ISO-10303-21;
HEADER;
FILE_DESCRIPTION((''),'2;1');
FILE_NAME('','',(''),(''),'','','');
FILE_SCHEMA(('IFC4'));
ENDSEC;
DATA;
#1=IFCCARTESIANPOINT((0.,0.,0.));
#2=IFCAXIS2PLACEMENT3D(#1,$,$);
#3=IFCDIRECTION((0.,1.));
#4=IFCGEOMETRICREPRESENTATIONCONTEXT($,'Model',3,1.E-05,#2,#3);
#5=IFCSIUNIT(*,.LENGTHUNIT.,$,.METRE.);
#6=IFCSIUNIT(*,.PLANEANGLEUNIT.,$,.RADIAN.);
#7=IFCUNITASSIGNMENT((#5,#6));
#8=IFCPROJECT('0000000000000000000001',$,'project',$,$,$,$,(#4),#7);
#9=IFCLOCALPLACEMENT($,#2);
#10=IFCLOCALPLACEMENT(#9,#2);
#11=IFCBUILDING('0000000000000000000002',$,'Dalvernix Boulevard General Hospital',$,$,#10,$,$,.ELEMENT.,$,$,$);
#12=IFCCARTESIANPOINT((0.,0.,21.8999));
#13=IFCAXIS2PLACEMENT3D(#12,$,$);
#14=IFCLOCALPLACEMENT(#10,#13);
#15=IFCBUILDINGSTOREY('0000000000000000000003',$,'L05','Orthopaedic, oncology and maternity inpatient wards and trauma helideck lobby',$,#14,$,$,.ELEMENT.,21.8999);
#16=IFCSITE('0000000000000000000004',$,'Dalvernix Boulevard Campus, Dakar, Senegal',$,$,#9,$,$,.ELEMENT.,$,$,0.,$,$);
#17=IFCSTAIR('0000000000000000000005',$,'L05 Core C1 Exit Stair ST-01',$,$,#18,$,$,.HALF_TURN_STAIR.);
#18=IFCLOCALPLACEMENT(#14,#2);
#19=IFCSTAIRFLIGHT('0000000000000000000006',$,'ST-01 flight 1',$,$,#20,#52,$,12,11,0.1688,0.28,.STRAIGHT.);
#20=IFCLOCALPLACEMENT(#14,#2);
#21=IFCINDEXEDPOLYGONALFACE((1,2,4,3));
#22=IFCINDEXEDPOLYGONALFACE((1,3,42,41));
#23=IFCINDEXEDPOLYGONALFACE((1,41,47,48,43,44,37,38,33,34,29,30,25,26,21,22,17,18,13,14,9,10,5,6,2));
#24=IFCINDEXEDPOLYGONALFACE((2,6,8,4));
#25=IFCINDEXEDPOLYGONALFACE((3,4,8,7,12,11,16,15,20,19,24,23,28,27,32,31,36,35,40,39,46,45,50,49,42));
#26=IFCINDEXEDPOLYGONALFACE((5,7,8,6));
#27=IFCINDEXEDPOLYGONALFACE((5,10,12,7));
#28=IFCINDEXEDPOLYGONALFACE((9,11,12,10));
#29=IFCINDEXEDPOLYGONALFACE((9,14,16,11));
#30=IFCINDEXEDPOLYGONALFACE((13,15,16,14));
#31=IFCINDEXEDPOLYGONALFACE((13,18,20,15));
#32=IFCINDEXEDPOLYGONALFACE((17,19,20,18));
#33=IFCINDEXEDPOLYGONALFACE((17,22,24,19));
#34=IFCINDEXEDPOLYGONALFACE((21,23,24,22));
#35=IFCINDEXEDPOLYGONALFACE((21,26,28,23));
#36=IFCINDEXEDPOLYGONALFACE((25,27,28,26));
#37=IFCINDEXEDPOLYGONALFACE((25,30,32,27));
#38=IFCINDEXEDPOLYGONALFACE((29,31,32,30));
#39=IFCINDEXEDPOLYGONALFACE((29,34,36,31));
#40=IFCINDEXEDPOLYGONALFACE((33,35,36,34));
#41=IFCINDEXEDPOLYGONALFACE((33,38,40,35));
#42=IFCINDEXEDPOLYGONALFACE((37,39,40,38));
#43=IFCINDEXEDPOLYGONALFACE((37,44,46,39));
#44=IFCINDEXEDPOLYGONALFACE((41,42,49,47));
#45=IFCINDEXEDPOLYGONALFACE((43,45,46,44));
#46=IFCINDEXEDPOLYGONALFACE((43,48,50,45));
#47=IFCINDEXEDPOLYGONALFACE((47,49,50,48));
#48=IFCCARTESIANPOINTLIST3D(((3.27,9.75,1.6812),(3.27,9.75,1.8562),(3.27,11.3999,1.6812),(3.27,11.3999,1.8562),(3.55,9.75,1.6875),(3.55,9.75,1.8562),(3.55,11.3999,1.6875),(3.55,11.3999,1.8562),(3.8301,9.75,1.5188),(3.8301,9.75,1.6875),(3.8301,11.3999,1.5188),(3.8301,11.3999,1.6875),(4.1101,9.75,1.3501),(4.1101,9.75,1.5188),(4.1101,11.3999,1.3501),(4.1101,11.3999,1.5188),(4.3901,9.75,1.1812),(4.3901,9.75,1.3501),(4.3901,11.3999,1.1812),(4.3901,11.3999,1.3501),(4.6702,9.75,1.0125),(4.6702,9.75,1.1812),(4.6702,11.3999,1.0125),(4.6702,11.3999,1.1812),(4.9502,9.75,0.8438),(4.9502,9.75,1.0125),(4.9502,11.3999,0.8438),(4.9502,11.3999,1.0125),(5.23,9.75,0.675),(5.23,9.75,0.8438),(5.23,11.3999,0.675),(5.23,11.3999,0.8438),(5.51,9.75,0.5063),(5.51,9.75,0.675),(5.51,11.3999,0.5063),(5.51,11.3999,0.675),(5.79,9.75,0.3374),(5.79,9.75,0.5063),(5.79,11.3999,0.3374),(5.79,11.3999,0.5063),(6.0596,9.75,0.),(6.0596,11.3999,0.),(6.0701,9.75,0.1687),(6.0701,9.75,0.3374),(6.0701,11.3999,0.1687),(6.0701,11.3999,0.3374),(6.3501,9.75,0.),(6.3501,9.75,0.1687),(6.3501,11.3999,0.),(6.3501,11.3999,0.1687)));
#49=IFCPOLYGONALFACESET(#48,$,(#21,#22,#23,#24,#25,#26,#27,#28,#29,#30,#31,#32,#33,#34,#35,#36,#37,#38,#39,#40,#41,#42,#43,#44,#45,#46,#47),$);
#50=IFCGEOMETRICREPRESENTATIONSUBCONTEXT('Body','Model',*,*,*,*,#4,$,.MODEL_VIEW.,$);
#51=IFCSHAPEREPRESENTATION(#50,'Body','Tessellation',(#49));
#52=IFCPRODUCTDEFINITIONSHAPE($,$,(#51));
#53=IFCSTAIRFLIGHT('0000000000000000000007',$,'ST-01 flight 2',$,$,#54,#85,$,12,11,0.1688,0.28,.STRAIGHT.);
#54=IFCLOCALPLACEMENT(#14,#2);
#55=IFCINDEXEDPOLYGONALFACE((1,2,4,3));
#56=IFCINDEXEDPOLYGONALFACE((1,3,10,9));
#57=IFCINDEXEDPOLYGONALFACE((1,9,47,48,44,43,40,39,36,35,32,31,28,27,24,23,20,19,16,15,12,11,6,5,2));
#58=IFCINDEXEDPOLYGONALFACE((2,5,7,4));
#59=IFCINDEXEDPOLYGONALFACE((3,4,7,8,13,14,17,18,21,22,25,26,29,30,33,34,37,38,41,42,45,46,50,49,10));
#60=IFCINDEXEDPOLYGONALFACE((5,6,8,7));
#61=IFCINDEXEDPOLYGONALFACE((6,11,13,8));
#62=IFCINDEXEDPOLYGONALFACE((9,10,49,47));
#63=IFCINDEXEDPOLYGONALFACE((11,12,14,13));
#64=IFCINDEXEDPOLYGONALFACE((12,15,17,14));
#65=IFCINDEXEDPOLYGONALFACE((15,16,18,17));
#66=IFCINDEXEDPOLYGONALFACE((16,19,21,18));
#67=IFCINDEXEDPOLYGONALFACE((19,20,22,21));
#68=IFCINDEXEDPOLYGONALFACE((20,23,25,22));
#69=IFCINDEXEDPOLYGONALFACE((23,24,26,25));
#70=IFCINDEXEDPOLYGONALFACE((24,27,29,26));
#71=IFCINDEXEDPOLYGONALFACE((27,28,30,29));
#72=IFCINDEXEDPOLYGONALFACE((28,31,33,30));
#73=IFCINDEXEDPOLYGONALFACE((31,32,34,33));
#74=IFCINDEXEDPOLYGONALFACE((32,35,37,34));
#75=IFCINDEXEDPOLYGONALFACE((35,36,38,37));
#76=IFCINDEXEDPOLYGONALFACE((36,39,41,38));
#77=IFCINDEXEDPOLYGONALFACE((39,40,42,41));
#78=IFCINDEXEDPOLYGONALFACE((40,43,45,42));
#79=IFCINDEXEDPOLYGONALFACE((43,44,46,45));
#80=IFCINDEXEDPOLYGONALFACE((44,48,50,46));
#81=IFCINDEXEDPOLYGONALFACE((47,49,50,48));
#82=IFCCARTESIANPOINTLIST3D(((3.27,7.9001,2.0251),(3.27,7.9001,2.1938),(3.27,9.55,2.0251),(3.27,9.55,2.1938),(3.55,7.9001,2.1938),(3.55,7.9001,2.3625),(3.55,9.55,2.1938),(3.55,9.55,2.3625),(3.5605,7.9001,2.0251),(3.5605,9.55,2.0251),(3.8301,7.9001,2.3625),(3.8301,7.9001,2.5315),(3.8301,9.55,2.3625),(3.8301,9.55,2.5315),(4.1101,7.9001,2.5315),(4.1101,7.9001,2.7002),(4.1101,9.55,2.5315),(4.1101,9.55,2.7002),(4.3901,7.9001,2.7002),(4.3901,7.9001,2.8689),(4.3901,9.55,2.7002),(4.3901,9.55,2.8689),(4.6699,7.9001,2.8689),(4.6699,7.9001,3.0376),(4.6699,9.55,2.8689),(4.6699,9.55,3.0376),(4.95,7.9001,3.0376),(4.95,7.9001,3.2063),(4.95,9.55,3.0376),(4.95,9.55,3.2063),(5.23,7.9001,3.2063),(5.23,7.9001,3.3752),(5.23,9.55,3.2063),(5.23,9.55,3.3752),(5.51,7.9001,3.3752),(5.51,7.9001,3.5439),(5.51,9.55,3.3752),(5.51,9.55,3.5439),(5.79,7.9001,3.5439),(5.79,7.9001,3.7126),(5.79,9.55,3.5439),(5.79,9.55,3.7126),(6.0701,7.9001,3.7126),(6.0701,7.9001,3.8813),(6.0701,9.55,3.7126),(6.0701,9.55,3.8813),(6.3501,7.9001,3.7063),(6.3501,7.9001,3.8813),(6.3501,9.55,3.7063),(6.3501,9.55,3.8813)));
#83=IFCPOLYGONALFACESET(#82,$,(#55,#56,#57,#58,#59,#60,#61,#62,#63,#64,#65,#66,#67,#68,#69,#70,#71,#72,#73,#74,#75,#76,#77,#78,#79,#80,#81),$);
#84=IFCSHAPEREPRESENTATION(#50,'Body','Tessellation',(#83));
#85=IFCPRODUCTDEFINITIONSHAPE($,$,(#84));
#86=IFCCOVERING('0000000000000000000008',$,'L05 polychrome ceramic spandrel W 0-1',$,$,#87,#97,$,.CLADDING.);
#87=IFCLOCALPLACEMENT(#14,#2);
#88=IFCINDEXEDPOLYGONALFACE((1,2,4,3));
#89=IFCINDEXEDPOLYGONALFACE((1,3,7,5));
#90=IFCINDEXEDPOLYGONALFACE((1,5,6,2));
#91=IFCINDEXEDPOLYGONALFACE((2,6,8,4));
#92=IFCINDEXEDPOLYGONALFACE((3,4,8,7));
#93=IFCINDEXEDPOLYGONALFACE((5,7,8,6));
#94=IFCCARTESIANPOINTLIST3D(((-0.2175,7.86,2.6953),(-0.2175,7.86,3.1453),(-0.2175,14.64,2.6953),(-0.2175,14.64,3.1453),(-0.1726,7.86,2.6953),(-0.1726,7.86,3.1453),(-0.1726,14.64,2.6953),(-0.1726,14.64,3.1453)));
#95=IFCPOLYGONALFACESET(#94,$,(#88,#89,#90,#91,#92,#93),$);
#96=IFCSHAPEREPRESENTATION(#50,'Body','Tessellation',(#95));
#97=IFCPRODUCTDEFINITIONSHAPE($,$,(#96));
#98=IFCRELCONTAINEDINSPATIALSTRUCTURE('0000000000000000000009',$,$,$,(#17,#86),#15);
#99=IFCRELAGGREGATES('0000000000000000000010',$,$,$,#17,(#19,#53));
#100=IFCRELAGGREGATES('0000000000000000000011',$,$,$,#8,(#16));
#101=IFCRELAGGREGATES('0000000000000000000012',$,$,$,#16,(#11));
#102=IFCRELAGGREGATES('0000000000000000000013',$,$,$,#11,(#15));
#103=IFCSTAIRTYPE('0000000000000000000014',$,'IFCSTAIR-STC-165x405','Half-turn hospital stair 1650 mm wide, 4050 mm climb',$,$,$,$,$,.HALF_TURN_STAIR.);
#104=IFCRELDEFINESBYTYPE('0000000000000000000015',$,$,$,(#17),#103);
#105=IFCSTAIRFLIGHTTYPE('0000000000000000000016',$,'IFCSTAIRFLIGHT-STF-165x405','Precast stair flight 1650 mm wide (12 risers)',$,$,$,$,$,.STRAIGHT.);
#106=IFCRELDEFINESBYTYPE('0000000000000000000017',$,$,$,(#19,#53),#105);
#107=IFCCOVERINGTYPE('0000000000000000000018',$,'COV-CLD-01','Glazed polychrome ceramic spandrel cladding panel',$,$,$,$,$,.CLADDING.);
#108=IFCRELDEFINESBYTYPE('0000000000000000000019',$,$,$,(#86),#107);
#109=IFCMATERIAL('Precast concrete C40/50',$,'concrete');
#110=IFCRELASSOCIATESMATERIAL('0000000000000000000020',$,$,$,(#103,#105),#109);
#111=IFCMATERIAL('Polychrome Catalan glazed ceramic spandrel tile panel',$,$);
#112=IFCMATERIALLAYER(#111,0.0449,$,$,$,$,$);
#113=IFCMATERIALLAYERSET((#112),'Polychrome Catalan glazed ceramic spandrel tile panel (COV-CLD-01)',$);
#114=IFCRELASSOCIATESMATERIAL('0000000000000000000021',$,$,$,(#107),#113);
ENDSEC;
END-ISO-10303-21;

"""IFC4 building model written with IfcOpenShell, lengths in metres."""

from ifc_helpers import new_model, si_unit, direction, frame, origin, origin_2d, place, context, subcontext, project, spatial, polyline, rectangle, outline, extrude, material, layer, layer_set, type_object, element, aggregate, save


model = new_model("IFC4")

# Units and contexts
model_context = context("Model", 3, precision=1e-05, world=origin(), true_north=direction((0.0, 1.0)))
body_context = subcontext(model_context, "Body", "Model", "MODEL_VIEW")
ifc_project = project(units=[si_unit("LENGTHUNIT", "METRE"), si_unit("PLANEANGLEUNIT", "RADIAN")], contexts=[model_context])

# Site, building, storey
site_placement = place(None, origin())
site = spatial("IfcSite", under=ifc_project, at=site_placement, Name="Dalvernix Boulevard Campus, Dakar, Senegal", CompositionType="ELEMENT", RefElevation=0.0)
building_placement = place(site_placement, origin())
building = spatial("IfcBuilding", under=site, at=building_placement, Name="Dalvernix Boulevard General Hospital", CompositionType="ELEMENT")
storey_placement = place(building_placement, frame((0.0, 0.0, 21.8999)))
storey = spatial("IfcBuildingStorey", under=building, at=storey_placement, Name="L05", Description="Orthopaedic, oncology and maternity inpatient wards and trauma helideck lobby", CompositionType="ELEMENT", Elevation=21.8999)

# Stair, stair flights
ifc_material_1 = material(Name="Precast concrete C40/50", Category="concrete")
stair_type = type_object("IfcStairType", Name="IFCSTAIR-STC-165x405", Description="Half-turn hospital stair 1650 mm wide, 4050 mm climb", PredefinedType="HALF_TURN_STAIR", material=ifc_material_1)
stair_placement = place(storey_placement, origin())
stair = element("IfcStair", 1, at=stair_placement, inside=storey, type_object=stair_type, Name="L05 Core C1 Exit Stair ST-01", PredefinedType="HALF_TURN_STAIR")
stair_flight_type = type_object("IfcStairFlightType", Name="IFCSTAIRFLIGHT-STF-165x405", Description="Precast stair flight 1650 mm wide (12 risers)", PredefinedType="STRAIGHT", material=ifc_material_1)
stair_flight_1_placement = place(storey_placement, frame((6.3501, 10.575, 0.0), z_axis=(0.0, 0.0, 1.0), x_axis=(-1.0, 0.0, 0.0)))
stair_flight_1 = element("IfcStairFlight", 2, at=stair_flight_1_placement, type_object=stair_flight_type, Name="ST-01 flight 1", NumberOfRisers=12, NumberOfTreads=11, PredefinedType="STRAIGHT", RiserHeight=0.1688, TreadLength=0.28, context=body_context, shape_type="SweptSolid", body=[
    extrude(outline(polyline([(0.0, 0.0), (0.0, 0.1687), (0.28, 0.1687), (0.28, 0.3374), (0.5601, 0.3374), (0.5601, 0.5063), (0.8401, 0.5063), (0.8401, 0.675), (1.1201, 0.675), (1.1201, 0.8438), (1.3999, 0.8438), (1.3999, 1.0125), (1.6799, 1.0125), (1.6799, 1.1812), (1.96, 1.1812), (1.96, 1.3501), (2.24, 1.3501), (2.24, 1.5188), (2.52, 1.5188), (2.52, 1.6875), (2.8, 1.6875), (2.8, 1.8562), (3.0801, 1.8562), (3.0801, 2.0249), (3.0801, 1.6812), (0.2905, 0.0), (0.0, 0.0)])), frame((0.0, 0.825, 0.0), z_axis=(0.0, -1.0, 0.0), x_axis=(1.0, 0.0, 0.0)), (0.0, 0.0, 1.0), 1.6499),
])
stair_flight_2_placement = place(storey_placement, frame((3.27, 8.7251, 2.0251), z_axis=(0.0, 0.0, 1.0), x_axis=(1.0, 0.0, 0.0)))
stair_flight_2 = element("IfcStairFlight", 3, at=stair_flight_2_placement, type_object=stair_flight_type, Name="ST-01 flight 2", NumberOfRisers=12, NumberOfTreads=11, PredefinedType="STRAIGHT", RiserHeight=0.1688, TreadLength=0.28, context=body_context, shape_type="SweptSolid", body=[
    extrude(outline(polyline([(0.0, 0.0), (0.0, 0.1687), (0.28, 0.1687), (0.28, 0.3374), (0.5601, 0.3374), (0.5601, 0.5063), (0.8401, 0.5063), (0.8401, 0.675), (1.1201, 0.675), (1.1201, 0.8438), (1.3999, 0.8438), (1.3999, 1.0125), (1.6799, 1.0125), (1.6799, 1.1812), (1.96, 1.1812), (1.96, 1.3501), (2.24, 1.3501), (2.24, 1.5188), (2.52, 1.5188), (2.52, 1.6875), (2.8, 1.6875), (2.8, 1.8562), (3.0801, 1.8562), (3.0801, 2.0249), (3.0801, 1.6812), (0.2905, 0.0), (0.0, 0.0)])), frame((0.0, 0.825, 0.0), z_axis=(0.0, -1.0, 0.0), x_axis=(1.0, 0.0, 0.0)), (0.0, 0.0, 1.0), 1.6499),
])
aggregate(stair, [stair_flight_1, stair_flight_2])

# Covering
ifc_material_2 = material(Name="Polychrome Catalan glazed ceramic spandrel tile panel")
ifc_layer_1 = layer(ifc_material_2, 0.0449)
ifc_layer_set_1 = layer_set([ifc_layer_1], Name="Polychrome Catalan glazed ceramic spandrel tile panel (COV-CLD-01)")
covering_type = type_object("IfcCoveringType", Name="COV-CLD-01", Description="Glazed polychrome ceramic spandrel cladding panel", PredefinedType="CLADDING", material=ifc_layer_set_1)
covering_placement = place(storey_placement, frame((-0.1951, 11.25, 2.6953), z_axis=(0.0, 0.0, 1.0), x_axis=(0.0, 1.0, 0.0)))
element("IfcCovering", 4, at=covering_placement, inside=storey, type_object=covering_type, Name="L05 polychrome ceramic spandrel W 0-1", PredefinedType="CLADDING", context=body_context, shape_type="SweptSolid", body=[
    extrude(rectangle(XDim=6.78, YDim=0.0449, at=origin_2d()), origin(), (0.0, 0.0, 1.0), 0.45),
])

save(model, "model.ifc")
